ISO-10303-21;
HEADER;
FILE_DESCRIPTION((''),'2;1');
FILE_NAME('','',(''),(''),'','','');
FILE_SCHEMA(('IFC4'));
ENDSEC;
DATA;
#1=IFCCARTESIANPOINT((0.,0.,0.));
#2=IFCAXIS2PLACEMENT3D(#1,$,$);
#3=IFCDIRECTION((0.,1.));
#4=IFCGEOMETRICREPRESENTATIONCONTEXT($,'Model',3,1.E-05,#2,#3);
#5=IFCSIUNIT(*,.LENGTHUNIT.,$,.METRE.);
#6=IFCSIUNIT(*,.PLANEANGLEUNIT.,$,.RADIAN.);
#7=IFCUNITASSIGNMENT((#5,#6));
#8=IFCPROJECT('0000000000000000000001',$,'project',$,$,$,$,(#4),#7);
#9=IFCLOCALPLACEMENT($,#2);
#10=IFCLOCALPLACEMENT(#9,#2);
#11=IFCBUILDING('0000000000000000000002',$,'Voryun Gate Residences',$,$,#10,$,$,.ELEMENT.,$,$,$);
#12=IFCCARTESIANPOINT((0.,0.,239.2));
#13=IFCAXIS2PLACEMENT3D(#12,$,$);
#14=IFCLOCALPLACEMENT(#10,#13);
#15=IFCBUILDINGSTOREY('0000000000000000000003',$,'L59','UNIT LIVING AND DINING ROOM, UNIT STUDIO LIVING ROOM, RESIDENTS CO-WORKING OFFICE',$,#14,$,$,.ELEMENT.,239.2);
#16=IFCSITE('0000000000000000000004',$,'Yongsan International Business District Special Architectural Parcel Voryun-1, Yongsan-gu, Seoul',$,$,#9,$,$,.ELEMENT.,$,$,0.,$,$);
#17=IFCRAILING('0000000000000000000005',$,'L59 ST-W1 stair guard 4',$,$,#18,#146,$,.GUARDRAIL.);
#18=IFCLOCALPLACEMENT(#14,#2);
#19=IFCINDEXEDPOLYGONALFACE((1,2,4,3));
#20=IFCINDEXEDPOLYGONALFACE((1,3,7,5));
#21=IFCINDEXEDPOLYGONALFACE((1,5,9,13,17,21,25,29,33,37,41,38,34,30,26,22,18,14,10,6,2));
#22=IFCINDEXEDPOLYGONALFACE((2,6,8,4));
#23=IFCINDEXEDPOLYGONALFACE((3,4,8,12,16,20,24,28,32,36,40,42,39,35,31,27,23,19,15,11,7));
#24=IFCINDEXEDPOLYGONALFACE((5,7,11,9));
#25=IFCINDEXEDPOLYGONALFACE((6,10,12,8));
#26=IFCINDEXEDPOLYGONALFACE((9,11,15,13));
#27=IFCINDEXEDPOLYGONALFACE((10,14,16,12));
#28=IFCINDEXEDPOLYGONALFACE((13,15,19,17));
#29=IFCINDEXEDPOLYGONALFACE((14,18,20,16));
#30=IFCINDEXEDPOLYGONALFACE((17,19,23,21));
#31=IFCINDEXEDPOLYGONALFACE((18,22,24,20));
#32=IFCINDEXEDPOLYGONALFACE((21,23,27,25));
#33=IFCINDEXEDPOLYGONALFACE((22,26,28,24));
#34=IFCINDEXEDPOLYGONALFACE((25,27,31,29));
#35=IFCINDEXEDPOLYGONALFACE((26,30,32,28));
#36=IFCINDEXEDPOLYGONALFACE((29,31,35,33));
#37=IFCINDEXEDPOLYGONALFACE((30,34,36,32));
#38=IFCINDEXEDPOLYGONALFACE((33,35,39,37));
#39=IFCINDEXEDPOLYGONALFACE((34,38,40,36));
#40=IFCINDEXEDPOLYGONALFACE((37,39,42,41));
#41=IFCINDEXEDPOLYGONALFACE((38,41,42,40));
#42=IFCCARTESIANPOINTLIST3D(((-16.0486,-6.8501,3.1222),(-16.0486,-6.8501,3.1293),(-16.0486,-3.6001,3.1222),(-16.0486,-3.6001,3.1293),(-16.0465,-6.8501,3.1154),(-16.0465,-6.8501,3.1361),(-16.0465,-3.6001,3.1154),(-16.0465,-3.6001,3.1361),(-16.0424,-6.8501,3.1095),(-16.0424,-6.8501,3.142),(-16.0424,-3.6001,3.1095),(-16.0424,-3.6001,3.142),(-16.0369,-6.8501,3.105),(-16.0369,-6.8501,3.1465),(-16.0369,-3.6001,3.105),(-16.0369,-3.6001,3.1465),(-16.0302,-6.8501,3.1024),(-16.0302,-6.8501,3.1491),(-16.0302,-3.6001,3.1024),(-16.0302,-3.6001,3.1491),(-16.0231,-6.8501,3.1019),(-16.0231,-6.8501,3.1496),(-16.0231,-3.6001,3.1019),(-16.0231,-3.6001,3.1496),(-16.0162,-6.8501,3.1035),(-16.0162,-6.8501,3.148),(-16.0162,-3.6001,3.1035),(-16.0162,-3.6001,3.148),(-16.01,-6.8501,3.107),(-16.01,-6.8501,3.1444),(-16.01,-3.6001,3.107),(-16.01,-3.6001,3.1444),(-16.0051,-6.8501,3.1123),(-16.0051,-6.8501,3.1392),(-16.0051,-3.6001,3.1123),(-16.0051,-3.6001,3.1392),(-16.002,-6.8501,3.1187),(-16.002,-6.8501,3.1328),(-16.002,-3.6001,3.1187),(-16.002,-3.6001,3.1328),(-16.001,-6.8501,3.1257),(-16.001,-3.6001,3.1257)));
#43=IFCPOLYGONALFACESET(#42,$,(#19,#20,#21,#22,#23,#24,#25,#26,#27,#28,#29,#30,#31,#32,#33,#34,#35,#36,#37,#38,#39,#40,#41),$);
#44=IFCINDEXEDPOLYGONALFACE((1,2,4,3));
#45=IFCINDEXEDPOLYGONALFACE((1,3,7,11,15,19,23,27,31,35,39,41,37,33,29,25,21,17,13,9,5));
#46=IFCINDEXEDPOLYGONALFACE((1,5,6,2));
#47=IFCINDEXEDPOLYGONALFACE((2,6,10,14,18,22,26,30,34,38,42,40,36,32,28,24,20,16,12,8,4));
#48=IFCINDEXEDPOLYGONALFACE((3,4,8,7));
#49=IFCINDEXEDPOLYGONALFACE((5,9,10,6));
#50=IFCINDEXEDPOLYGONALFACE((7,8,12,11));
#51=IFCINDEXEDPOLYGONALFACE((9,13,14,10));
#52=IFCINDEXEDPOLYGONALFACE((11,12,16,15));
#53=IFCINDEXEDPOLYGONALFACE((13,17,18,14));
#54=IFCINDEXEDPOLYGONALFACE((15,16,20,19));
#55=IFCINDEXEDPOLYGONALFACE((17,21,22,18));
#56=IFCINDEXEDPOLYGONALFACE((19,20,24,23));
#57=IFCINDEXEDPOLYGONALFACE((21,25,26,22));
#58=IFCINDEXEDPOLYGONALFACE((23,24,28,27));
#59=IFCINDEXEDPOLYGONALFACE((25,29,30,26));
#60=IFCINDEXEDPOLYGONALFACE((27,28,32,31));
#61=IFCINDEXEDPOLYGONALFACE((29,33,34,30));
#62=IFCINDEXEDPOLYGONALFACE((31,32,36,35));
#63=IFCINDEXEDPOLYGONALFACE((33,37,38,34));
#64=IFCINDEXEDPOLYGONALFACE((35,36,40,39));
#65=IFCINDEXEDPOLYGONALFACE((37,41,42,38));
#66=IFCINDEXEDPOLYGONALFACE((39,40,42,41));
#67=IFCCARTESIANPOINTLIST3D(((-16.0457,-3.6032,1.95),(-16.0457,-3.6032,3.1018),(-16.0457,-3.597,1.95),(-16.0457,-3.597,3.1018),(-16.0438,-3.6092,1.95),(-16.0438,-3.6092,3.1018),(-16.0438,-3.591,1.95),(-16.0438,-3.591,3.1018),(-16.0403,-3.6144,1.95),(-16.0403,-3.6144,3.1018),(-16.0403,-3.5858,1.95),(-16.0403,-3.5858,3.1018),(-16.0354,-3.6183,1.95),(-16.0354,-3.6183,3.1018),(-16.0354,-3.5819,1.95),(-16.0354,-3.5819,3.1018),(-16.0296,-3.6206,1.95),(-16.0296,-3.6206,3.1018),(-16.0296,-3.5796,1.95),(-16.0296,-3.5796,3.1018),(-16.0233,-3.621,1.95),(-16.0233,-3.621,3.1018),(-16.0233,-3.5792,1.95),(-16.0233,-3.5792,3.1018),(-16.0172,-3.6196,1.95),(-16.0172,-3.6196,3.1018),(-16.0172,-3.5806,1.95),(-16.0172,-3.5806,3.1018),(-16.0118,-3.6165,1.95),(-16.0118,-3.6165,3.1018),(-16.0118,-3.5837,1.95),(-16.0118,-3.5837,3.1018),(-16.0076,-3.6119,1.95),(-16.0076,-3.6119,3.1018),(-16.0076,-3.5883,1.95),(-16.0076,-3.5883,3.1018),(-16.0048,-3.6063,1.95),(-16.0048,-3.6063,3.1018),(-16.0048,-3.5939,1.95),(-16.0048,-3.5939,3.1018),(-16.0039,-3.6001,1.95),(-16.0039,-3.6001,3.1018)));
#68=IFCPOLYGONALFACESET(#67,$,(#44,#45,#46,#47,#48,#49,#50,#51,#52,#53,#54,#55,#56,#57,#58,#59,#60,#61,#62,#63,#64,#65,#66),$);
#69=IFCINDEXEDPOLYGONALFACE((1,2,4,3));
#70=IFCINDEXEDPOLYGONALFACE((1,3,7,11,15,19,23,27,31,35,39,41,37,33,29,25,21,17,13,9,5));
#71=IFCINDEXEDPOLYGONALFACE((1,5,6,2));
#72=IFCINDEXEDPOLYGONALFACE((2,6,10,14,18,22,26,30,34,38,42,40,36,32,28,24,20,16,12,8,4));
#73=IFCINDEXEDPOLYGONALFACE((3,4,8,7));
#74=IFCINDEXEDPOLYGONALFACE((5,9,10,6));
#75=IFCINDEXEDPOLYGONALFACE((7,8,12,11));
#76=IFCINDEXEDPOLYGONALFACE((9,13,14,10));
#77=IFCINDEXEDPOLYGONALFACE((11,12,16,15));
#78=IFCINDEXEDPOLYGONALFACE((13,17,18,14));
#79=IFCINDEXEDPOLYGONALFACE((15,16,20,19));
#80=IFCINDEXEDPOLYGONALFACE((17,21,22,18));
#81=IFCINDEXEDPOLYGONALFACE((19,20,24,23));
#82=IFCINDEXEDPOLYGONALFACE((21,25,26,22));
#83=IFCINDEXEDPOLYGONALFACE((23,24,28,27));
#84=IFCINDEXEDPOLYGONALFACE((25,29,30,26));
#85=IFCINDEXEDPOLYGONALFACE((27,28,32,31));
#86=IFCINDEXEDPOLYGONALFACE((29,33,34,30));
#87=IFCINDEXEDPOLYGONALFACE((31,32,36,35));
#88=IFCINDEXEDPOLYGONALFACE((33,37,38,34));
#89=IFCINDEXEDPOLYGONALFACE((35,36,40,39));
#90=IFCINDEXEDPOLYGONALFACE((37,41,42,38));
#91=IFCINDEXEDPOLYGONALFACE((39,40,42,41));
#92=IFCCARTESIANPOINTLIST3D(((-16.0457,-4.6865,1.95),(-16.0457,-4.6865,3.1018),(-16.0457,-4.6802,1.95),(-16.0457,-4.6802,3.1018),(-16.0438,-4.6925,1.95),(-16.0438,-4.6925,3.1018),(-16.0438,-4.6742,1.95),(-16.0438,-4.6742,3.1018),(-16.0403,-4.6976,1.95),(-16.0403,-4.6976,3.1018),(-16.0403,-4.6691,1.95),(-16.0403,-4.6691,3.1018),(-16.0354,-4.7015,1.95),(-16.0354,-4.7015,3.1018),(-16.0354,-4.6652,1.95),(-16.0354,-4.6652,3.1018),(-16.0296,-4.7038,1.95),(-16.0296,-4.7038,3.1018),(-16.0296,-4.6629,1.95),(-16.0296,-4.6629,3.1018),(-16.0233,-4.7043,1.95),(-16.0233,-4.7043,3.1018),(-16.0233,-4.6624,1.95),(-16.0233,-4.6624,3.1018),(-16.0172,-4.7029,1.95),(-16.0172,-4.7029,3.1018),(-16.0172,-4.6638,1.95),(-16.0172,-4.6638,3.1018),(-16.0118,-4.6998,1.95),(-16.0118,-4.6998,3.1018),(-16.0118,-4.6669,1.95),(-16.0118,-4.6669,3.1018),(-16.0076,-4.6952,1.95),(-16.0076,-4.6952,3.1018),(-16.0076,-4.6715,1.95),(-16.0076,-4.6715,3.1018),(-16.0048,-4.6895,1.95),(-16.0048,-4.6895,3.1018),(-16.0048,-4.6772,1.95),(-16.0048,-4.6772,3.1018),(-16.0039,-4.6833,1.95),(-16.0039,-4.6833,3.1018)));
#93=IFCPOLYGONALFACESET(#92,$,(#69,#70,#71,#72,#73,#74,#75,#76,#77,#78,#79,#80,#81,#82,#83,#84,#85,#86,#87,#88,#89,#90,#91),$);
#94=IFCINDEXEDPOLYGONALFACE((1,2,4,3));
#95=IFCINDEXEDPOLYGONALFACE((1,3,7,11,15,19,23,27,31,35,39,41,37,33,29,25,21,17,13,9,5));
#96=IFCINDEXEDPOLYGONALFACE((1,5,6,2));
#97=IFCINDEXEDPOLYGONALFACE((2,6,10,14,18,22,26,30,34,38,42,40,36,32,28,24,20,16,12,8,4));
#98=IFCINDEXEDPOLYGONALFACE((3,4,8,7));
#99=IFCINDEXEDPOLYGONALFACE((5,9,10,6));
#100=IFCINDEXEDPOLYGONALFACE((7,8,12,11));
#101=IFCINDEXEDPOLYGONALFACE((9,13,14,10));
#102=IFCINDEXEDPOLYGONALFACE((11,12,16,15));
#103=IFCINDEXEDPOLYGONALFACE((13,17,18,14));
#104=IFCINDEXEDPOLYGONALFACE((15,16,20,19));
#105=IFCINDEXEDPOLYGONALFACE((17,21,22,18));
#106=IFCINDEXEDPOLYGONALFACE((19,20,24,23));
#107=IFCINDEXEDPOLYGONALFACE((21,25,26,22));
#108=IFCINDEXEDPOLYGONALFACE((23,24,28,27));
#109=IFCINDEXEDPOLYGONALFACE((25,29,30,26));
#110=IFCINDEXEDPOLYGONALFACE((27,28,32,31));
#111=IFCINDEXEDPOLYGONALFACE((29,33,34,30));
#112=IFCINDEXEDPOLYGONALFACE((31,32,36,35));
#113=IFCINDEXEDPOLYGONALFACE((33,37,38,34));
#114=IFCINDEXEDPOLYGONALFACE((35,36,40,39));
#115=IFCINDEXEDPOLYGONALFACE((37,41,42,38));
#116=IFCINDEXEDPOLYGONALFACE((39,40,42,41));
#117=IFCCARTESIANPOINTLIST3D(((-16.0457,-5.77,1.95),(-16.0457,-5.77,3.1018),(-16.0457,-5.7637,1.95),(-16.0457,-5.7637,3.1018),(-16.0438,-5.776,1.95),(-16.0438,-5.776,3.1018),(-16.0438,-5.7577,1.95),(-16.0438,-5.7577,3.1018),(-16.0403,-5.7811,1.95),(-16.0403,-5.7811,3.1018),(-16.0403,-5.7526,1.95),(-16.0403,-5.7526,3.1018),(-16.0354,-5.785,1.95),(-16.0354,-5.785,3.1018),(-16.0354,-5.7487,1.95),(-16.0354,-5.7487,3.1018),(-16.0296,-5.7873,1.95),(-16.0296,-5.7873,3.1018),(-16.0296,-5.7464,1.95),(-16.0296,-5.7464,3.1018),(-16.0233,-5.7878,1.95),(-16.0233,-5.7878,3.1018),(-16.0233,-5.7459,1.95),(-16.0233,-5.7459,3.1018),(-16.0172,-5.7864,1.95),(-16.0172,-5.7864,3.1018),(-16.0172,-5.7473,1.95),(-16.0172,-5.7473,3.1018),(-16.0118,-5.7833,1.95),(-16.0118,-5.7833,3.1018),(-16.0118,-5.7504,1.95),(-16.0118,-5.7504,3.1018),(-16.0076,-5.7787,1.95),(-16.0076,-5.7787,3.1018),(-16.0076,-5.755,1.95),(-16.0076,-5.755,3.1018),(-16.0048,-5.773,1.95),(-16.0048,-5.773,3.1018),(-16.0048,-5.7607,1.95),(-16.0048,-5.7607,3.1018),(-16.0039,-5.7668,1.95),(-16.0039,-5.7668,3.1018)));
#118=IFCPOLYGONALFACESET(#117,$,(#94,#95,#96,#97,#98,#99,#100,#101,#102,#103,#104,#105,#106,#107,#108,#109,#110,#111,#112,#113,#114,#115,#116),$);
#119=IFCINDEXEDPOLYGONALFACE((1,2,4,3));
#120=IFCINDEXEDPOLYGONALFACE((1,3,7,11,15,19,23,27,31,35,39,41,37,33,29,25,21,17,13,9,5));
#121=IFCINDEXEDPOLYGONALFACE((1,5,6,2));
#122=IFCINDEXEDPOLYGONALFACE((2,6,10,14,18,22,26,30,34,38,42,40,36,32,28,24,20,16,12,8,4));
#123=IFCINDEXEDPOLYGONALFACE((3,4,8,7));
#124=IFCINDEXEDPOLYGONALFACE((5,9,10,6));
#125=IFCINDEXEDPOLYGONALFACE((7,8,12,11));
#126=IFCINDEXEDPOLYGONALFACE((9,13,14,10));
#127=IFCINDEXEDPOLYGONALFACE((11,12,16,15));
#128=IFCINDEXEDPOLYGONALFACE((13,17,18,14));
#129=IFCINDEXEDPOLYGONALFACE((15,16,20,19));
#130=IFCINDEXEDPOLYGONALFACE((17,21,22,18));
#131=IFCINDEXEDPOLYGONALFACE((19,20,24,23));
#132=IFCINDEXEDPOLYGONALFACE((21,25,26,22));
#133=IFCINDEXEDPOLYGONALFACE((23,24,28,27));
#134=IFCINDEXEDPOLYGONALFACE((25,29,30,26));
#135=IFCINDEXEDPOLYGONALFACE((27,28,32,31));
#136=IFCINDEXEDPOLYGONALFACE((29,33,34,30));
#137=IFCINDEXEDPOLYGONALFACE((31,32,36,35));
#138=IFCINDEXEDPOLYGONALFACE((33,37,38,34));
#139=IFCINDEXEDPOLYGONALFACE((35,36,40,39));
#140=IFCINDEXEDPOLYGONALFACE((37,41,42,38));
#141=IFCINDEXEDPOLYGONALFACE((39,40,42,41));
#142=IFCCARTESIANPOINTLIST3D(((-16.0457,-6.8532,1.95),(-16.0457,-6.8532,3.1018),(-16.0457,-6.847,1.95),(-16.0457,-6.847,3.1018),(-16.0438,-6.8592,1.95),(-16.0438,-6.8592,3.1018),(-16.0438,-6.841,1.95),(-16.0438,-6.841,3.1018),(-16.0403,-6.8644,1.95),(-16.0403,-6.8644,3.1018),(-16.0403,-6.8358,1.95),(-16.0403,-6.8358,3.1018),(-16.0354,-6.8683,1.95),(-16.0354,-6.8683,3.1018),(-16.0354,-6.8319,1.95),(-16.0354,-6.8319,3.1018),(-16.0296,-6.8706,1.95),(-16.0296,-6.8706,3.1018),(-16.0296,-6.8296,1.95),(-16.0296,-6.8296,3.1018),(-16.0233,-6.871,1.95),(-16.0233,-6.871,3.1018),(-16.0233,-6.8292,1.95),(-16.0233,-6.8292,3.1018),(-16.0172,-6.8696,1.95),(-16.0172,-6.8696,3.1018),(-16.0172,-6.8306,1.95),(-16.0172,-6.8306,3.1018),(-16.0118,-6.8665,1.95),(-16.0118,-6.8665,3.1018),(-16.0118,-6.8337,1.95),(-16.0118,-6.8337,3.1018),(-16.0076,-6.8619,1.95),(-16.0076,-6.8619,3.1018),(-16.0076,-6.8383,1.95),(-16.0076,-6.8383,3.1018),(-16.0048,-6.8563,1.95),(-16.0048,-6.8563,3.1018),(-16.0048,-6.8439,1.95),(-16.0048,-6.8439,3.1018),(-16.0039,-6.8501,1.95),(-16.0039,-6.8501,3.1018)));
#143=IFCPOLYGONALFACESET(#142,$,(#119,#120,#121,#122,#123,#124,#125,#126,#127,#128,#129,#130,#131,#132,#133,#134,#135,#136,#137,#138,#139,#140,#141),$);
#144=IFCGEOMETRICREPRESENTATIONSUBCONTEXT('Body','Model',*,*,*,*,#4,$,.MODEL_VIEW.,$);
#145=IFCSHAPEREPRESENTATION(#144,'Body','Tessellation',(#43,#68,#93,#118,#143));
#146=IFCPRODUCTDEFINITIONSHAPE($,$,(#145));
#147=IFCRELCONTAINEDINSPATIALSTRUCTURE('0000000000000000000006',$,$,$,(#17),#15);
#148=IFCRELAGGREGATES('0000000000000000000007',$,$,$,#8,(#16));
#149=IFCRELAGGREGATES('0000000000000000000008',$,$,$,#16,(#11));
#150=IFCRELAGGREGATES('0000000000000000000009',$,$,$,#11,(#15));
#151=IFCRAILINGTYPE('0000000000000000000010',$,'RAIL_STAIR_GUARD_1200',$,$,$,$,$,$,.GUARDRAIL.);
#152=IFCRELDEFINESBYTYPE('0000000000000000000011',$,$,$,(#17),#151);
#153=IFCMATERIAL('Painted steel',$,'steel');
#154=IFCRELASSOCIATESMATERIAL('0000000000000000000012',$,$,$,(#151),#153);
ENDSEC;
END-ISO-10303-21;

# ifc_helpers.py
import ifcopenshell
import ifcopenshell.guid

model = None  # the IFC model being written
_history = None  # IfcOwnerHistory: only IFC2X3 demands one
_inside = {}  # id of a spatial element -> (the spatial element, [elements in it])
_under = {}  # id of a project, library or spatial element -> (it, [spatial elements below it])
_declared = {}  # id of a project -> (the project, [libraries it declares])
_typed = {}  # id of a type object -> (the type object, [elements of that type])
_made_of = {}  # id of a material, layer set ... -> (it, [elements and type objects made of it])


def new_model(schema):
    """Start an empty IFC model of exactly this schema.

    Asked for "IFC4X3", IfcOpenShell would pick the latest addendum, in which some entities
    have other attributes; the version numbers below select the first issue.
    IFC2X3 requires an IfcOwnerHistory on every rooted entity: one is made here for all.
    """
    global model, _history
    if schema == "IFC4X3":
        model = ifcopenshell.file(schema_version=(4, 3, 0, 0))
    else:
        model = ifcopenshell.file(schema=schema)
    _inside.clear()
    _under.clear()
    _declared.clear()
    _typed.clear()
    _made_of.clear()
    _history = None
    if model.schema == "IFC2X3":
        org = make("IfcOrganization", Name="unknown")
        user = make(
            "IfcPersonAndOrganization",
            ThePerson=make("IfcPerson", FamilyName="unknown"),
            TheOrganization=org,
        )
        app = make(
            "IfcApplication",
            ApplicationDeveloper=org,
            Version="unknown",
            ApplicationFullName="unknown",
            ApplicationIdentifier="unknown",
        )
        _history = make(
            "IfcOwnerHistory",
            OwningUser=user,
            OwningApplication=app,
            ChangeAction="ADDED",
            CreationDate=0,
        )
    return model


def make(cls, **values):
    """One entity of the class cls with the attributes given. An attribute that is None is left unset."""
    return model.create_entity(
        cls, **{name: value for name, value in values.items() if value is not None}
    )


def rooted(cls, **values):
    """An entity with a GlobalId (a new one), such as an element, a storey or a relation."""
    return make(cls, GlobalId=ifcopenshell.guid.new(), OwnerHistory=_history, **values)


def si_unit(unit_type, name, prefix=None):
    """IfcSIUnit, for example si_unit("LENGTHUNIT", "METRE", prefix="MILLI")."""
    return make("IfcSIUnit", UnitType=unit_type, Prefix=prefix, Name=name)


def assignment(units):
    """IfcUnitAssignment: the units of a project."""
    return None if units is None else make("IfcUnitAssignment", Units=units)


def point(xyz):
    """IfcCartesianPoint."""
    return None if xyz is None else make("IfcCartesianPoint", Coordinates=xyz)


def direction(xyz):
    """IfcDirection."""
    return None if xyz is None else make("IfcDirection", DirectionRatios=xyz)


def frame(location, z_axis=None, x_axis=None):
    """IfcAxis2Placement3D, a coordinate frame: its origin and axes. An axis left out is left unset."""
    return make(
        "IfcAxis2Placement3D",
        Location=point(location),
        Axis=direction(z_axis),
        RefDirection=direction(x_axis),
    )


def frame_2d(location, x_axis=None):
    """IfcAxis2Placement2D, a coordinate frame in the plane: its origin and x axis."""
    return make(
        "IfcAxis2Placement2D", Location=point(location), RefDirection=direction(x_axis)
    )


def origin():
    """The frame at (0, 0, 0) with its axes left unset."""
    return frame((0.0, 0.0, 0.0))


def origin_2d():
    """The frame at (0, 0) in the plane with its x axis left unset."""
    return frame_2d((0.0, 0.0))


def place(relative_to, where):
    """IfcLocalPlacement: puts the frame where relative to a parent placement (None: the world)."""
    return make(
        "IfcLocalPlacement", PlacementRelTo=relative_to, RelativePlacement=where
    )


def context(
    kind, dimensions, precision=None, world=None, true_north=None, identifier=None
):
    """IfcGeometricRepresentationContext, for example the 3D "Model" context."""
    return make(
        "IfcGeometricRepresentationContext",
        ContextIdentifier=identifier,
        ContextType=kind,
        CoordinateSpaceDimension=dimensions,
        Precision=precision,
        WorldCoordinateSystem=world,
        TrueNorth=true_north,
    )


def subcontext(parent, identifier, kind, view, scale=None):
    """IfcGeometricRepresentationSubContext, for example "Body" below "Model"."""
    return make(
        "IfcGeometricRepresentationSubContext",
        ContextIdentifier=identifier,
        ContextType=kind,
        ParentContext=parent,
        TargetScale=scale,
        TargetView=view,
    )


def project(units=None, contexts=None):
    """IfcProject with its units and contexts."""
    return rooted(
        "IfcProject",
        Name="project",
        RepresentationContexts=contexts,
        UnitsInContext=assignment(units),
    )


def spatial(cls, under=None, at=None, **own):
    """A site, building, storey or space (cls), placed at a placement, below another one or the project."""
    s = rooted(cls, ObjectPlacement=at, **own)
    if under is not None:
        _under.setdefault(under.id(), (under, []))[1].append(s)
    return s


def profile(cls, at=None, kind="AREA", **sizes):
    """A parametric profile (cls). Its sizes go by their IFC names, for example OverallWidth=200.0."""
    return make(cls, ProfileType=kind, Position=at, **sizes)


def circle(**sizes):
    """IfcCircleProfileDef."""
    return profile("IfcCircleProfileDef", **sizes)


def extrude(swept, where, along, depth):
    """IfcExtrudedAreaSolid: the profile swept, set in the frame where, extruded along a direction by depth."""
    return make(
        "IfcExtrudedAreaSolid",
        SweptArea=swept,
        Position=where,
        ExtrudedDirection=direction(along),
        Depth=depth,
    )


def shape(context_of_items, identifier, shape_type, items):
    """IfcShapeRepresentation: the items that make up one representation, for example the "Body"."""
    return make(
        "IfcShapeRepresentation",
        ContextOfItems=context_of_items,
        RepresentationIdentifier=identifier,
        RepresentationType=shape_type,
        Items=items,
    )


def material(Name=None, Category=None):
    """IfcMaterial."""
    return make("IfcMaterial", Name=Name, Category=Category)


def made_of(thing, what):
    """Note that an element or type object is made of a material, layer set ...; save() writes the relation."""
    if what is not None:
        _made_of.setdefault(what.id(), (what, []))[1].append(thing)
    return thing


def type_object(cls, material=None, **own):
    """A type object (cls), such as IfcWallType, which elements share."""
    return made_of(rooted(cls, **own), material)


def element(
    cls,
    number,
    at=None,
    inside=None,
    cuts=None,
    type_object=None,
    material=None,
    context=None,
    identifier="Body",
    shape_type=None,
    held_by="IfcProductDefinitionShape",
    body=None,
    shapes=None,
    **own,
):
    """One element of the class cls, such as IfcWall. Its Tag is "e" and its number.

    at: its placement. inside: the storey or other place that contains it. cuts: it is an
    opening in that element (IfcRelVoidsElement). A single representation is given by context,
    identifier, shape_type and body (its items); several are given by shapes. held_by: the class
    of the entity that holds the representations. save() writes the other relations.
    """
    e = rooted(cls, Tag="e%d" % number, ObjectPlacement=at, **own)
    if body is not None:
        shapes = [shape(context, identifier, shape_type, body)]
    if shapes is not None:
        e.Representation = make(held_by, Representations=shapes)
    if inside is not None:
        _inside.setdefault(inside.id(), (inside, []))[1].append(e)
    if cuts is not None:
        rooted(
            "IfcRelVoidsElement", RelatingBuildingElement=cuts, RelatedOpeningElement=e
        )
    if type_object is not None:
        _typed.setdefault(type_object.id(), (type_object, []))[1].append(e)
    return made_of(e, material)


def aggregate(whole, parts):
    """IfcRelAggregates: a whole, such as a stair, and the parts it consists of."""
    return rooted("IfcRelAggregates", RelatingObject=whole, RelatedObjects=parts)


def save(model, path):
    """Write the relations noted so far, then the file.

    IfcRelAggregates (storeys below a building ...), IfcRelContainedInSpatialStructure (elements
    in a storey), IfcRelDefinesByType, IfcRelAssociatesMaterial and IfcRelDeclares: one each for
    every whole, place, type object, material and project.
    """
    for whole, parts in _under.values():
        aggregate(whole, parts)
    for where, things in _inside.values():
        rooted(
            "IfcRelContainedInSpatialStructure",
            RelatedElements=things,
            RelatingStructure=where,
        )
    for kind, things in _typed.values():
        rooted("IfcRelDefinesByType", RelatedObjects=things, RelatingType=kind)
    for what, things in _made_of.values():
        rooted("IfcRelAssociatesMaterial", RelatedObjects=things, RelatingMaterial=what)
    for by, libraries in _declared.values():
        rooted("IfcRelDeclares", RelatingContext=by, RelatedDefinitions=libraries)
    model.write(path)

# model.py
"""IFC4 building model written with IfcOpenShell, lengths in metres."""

from ifc_helpers import new_model, si_unit, direction, frame, origin, origin_2d, place, context, subcontext, project, spatial, circle, extrude, material, type_object, element, save


model = new_model("IFC4")

# Units and contexts
model_context = context("Model", 3, precision=1e-05, world=origin(), true_north=direction((0.0, 1.0)))
body_context = subcontext(model_context, "Body", "Model", "MODEL_VIEW")
ifc_project = project(units=[si_unit("LENGTHUNIT", "METRE"), si_unit("PLANEANGLEUNIT", "RADIAN")], contexts=[model_context])

# Site, building, storey
site_placement = place(None, origin())
site = spatial("IfcSite", under=ifc_project, at=site_placement, Name="Yongsan International Business District Special Architectural Parcel Voryun-1, Yongsan-gu, Seoul", CompositionType="ELEMENT", RefElevation=0.0)
building_placement = place(site_placement, origin())
building = spatial("IfcBuilding", under=site, at=building_placement, Name="Voryun Gate Residences", CompositionType="ELEMENT")
storey_placement = place(building_placement, frame((0.0, 0.0, 239.2)))
storey = spatial("IfcBuildingStorey", under=building, at=storey_placement, Name="L59", Description="UNIT LIVING AND DINING ROOM, UNIT STUDIO LIVING ROOM, RESIDENTS CO-WORKING OFFICE", CompositionType="ELEMENT", Elevation=239.2)

# Railing
ifc_material_1 = material(Name="Painted steel", Category="steel")
railing_type_1 = type_object("IfcRailingType", Name="RAIL_STAIR_GUARD_1200", PredefinedType="GUARDRAIL", material=ifc_material_1)
railing_1_placement = place(storey_placement, frame((-16.0249, -3.6001, 1.95)))
element("IfcRailing", 1, at=railing_1_placement, inside=storey, type_object=railing_type_1, Name="L59 ST-W1 stair guard 4", PredefinedType="GUARDRAIL", context=body_context, shape_type="SweptSolid", body=[
    extrude(circle(Radius=0.0239, at=origin_2d()), frame((0.0, 0.0, 1.1758), z_axis=(0.0, -1.0, 0.0), x_axis=(1.0, 0.0, 0.0)), (0.0, 0.0, 1.0), 3.25),
    extrude(circle(Radius=0.021, at=origin_2d()), origin(), (0.0, 0.0, 1.0), 1.1519),
    extrude(circle(Radius=0.021, at=origin_2d()), frame((0.0, -1.0833, 0.0)), (0.0, 0.0, 1.0), 1.1519),
    extrude(circle(Radius=0.021, at=origin_2d()), frame((0.0, -2.1667, 0.0)), (0.0, 0.0, 1.0), 1.1519),
    extrude(circle(Radius=0.021, at=origin_2d()), frame((0.0, -3.25, 0.0)), (0.0, 0.0, 1.0), 1.1519),
])

save(model, "model.ifc")
